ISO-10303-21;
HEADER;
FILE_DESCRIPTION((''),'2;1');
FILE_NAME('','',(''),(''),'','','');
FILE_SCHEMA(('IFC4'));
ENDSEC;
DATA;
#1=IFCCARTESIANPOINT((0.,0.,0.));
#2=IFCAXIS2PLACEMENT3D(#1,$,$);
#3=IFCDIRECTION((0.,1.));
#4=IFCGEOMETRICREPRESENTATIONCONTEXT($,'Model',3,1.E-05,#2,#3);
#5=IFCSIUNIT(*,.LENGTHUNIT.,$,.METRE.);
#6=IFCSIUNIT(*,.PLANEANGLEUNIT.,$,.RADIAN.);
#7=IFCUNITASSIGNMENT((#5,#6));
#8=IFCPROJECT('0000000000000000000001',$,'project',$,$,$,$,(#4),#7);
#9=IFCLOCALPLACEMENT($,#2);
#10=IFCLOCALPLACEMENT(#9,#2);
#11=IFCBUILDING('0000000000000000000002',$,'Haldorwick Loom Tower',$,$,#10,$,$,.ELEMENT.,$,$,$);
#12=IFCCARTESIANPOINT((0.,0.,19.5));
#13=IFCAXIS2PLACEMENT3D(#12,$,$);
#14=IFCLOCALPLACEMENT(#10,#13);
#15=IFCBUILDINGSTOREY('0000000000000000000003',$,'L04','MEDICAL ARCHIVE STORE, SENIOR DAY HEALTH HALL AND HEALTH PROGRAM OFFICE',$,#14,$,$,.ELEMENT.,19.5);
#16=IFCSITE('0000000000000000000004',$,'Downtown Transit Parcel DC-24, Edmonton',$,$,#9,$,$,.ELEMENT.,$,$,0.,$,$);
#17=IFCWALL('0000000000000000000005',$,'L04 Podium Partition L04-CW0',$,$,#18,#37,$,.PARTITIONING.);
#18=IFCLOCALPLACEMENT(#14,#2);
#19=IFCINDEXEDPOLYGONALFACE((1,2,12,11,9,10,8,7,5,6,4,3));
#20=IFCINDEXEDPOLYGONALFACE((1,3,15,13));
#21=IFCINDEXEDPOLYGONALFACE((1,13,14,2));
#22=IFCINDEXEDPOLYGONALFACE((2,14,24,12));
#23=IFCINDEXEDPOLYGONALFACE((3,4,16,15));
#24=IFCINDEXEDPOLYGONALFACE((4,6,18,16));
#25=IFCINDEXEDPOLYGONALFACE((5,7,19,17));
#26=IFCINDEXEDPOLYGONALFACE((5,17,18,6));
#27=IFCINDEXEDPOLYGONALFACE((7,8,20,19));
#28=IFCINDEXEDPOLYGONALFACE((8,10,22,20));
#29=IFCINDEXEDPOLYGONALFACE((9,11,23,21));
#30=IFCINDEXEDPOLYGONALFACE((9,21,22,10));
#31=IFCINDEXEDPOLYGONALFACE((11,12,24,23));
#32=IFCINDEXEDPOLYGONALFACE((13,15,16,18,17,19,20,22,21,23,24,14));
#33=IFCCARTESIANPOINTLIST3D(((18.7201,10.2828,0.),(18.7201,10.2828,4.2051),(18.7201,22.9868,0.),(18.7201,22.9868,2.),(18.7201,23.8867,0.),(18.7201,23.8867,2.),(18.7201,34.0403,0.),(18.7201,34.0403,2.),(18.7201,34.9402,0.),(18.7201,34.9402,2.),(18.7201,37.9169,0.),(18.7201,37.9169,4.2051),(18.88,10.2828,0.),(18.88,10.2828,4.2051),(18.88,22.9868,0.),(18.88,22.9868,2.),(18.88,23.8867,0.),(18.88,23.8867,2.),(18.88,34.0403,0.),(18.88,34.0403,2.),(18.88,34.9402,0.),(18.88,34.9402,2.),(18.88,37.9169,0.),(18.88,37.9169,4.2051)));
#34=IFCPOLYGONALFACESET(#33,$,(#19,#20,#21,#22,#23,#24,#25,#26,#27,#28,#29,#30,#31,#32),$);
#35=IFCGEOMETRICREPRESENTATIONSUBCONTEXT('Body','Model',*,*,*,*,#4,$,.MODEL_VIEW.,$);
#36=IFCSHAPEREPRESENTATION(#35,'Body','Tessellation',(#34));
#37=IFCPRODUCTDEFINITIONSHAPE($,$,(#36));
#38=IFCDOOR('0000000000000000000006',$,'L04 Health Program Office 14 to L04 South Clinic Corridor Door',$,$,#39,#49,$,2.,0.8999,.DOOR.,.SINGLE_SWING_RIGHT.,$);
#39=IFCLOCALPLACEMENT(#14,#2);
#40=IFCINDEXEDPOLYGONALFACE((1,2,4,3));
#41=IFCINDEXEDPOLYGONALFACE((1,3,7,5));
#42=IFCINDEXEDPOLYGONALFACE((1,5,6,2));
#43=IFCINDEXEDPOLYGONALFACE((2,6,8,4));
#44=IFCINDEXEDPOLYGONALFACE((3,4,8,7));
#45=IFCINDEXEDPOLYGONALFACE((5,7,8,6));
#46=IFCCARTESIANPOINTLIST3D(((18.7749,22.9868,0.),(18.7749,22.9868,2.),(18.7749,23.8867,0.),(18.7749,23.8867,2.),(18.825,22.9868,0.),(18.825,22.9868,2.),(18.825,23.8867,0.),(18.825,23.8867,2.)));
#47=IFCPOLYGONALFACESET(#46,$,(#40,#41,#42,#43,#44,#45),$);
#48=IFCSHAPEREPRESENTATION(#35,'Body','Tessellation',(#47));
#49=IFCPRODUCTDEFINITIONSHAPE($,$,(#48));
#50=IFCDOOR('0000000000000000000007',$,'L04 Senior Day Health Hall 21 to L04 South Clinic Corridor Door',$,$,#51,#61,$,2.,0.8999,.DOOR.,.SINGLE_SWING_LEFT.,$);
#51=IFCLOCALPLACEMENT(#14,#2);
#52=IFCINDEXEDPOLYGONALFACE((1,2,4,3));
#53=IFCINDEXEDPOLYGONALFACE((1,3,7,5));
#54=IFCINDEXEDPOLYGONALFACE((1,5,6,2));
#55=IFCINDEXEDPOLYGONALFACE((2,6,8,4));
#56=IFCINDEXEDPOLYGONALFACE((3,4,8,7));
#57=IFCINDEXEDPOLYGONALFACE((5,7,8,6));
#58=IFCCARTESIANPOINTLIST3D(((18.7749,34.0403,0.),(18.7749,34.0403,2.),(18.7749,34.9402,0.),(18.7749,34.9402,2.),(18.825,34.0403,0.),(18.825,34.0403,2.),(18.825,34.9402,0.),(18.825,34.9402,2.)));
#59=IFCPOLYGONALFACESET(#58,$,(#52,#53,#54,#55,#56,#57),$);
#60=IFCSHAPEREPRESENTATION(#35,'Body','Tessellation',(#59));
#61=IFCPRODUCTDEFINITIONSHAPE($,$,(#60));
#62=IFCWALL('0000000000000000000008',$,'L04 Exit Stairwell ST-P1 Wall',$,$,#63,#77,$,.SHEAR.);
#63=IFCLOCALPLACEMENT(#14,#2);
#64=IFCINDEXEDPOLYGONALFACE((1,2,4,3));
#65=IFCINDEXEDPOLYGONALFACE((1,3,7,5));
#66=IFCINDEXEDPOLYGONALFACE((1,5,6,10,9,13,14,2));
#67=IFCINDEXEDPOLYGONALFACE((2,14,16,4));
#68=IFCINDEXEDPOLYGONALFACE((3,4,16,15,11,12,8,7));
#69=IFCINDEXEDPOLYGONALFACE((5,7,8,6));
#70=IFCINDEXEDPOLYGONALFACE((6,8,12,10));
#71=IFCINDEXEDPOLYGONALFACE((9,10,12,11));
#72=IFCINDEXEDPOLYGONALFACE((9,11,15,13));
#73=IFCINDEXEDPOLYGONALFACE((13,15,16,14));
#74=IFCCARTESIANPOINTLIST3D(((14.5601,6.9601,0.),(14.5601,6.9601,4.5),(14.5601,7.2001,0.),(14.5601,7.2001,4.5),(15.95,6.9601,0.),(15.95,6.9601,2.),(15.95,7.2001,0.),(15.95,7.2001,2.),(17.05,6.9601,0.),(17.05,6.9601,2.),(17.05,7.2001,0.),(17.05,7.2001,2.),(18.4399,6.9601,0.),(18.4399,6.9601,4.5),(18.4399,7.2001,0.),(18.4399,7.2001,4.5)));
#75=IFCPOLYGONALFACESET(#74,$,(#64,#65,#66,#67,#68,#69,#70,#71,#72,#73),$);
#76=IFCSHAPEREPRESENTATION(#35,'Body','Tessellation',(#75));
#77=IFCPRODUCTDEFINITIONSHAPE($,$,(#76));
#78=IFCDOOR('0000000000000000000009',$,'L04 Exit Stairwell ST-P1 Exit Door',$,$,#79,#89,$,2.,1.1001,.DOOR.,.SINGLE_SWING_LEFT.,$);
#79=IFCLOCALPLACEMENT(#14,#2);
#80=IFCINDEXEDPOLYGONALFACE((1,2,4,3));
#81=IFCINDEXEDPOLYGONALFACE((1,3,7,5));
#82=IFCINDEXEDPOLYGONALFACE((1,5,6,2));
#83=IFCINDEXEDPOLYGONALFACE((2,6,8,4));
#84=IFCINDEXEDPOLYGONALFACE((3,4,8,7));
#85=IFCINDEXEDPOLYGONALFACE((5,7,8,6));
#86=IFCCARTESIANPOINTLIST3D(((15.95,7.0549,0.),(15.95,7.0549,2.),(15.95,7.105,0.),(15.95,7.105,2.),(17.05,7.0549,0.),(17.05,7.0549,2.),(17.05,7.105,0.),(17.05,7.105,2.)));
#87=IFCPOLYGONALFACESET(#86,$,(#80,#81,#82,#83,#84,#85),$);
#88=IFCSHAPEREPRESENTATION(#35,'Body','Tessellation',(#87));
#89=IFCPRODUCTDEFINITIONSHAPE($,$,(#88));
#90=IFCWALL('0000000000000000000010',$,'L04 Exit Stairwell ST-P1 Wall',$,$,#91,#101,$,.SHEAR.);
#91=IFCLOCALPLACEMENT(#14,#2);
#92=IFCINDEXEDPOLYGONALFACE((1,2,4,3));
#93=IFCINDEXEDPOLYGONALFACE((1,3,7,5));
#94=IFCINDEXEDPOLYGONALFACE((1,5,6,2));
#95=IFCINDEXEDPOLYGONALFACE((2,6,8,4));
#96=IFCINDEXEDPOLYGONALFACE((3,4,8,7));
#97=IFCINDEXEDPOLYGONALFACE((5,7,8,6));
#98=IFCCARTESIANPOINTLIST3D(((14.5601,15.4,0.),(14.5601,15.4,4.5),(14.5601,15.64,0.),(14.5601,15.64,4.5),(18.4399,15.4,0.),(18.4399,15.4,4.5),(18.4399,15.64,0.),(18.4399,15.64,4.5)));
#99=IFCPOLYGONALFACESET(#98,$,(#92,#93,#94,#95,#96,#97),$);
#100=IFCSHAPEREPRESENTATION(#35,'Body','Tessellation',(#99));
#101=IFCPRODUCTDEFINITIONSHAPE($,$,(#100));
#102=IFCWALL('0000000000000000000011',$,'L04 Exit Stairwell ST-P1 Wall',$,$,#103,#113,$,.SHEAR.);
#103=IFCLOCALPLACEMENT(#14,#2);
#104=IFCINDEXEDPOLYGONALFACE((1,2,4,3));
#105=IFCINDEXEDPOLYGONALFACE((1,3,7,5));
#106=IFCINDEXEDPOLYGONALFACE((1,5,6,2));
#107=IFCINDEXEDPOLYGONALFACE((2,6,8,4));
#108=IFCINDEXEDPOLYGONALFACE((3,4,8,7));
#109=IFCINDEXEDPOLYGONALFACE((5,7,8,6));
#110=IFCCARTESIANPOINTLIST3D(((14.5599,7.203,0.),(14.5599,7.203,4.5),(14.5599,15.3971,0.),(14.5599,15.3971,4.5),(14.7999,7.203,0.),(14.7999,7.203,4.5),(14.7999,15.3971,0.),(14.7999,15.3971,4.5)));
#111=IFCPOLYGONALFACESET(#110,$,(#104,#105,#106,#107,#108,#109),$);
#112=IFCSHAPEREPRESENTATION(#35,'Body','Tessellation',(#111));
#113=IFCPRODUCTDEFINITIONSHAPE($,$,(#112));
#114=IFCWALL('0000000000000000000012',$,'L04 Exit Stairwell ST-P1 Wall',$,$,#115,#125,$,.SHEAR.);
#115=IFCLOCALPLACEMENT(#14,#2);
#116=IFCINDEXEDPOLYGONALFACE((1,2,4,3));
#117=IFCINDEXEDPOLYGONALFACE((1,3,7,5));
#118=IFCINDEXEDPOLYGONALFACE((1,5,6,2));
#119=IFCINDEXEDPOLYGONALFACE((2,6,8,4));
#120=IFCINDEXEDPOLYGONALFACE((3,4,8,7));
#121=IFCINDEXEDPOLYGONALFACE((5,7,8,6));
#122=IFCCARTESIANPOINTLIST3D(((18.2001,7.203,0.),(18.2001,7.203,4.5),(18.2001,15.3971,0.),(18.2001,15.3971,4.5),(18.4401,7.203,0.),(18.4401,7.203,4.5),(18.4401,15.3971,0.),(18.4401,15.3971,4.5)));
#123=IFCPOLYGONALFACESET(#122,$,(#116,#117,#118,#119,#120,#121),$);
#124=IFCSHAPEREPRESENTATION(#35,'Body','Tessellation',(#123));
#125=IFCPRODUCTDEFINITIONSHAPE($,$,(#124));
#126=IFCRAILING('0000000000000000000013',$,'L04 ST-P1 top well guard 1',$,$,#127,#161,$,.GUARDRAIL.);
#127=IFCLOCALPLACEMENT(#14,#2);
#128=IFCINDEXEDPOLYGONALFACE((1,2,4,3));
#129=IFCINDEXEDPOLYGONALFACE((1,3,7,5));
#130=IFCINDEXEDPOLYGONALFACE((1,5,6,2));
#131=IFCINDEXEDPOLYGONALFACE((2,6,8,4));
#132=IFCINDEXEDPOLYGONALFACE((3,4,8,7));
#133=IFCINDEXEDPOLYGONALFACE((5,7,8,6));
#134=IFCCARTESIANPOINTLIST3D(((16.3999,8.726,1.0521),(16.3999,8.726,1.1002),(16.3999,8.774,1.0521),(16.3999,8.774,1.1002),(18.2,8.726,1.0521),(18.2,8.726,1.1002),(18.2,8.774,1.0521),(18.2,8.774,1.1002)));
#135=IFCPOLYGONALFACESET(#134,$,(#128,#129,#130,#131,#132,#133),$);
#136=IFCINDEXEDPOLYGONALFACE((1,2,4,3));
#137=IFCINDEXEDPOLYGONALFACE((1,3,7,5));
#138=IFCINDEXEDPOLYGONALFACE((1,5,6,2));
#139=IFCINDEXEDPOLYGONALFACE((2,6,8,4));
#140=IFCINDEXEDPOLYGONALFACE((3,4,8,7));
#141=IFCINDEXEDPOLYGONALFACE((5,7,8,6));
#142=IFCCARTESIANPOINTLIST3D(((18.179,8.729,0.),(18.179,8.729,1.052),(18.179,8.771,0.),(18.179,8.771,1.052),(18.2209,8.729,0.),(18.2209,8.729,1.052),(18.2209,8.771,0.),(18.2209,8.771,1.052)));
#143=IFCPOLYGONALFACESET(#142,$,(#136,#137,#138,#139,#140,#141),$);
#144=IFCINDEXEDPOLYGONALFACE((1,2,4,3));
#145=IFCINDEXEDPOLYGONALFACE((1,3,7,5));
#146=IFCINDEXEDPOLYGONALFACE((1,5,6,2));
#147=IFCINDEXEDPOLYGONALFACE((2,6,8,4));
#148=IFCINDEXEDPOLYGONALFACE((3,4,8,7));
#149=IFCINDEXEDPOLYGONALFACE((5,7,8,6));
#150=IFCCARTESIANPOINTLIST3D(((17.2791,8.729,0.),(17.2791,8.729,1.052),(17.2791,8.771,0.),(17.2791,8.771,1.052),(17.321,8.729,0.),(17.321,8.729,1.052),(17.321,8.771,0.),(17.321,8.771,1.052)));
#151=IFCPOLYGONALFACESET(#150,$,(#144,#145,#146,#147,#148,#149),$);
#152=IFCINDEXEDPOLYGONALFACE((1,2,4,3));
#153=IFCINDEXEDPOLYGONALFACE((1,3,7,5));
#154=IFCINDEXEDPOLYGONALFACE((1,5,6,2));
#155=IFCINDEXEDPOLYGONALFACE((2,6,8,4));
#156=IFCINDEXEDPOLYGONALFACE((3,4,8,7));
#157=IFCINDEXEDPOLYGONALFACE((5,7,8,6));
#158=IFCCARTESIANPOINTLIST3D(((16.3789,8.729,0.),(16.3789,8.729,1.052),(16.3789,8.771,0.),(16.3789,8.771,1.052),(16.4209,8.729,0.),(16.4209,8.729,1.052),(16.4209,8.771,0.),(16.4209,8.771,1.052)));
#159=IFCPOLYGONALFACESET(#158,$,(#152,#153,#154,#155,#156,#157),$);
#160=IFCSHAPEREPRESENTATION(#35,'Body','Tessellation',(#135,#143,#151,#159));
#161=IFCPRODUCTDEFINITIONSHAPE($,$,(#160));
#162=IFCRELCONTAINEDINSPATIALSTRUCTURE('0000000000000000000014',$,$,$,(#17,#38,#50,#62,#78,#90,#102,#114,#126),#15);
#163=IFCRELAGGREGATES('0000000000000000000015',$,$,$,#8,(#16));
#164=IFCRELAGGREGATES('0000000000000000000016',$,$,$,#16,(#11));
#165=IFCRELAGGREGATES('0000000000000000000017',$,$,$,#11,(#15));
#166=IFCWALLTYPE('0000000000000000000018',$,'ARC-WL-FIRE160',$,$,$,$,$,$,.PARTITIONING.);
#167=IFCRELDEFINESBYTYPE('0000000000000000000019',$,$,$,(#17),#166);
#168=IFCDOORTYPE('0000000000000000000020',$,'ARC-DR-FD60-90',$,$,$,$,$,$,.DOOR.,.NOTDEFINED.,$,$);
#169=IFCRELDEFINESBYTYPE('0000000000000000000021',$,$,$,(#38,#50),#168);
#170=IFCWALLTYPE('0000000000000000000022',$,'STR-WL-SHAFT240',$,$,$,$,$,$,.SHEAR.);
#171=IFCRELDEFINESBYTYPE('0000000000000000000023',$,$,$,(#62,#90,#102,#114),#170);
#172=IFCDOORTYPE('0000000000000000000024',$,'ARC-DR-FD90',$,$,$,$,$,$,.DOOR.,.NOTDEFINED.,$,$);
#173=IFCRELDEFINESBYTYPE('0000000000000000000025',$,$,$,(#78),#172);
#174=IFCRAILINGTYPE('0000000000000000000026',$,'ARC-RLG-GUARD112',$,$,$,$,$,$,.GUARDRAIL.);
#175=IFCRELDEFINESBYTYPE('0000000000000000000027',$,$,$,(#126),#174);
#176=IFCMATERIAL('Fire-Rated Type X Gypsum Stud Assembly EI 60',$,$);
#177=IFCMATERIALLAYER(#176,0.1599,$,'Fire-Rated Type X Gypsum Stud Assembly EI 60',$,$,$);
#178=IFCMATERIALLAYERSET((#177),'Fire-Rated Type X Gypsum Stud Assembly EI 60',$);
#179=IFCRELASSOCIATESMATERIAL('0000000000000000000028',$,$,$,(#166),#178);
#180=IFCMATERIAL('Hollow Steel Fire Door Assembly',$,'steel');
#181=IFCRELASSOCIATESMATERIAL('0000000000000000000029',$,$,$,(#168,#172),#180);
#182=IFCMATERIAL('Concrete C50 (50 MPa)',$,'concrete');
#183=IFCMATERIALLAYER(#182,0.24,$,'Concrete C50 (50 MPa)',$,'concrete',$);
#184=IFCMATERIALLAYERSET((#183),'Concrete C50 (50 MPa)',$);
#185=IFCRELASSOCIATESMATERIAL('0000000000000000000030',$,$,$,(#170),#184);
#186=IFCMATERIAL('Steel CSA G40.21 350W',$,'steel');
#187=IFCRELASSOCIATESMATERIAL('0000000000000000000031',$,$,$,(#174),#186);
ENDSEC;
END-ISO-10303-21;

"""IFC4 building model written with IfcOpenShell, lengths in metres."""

from ifc_helpers import new_model, si_unit, direction, frame, frame_2d, origin, origin_2d, place, context, subcontext, project, spatial, rectangle, extrude, material, layer, layer_set, type_object, element, fill, save


model = new_model("IFC4")

# Units and contexts
model_context = context("Model", 3, precision=1e-05, world=origin(), true_north=direction((0.0, 1.0)))
body_context = subcontext(model_context, "Body", "Model", "MODEL_VIEW")
ifc_project = project(units=[si_unit("LENGTHUNIT", "METRE"), si_unit("PLANEANGLEUNIT", "RADIAN")], contexts=[model_context])

# Site, building, storey
site_placement = place(None, origin())
site = spatial("IfcSite", under=ifc_project, at=site_placement, Name="Downtown Transit Parcel DC-24, Edmonton", CompositionType="ELEMENT", RefElevation=0.0)
building_placement = place(site_placement, origin())
building = spatial("IfcBuilding", under=site, at=building_placement, Name="Haldorwick Loom Tower", CompositionType="ELEMENT")
storey_placement = place(building_placement, frame((0.0, 0.0, 19.5)))
storey = spatial("IfcBuildingStorey", under=building, at=storey_placement, Name="L04", Description="MEDICAL ARCHIVE STORE, SENIOR DAY HEALTH HALL AND HEALTH PROGRAM OFFICE", CompositionType="ELEMENT", Elevation=19.5)

# Shared definitions
ifc_material_1 = material(Name="Steel CSA G40.21 350W", Category="steel")

# Shared definitions
ifc_material_2 = material(Name="Fire-Rated Type X Gypsum Stud Assembly EI 60")
ifc_layer_1 = layer(ifc_material_2, 0.1599, Name="Fire-Rated Type X Gypsum Stud Assembly EI 60")
ifc_layer_set_1 = layer_set([ifc_layer_1], Name="Fire-Rated Type X Gypsum Stud Assembly EI 60")
wall_type_1 = type_object("IfcWallType", Name="ARC-WL-FIRE160", PredefinedType="PARTITIONING", material=ifc_layer_set_1)
ifc_material_3 = material(Name="Hollow Steel Fire Door Assembly", Category="steel")
door_type_1 = type_object("IfcDoorType", Name="ARC-DR-FD60-90", OperationType="NOTDEFINED", PredefinedType="DOOR", material=ifc_material_3)

# Wall, openings, doors
wall_1_placement = place(storey_placement, frame((18.8, 10.283, 0.0), z_axis=(0.0, 0.0, 1.0), x_axis=(0.0, 1.0, 0.0)))
wall_1 = element("IfcWall", 1, at=wall_1_placement, inside=storey, type_object=wall_type_1, Name="L04 Podium Partition L04-CW0", PredefinedType="PARTITIONING", context=body_context, shape_type="SweptSolid", body=[
    extrude(rectangle(XDim=27.634, YDim=0.1599, at=frame_2d((13.8169, 0.0))), origin(), (0.0, 0.0, 1.0), 4.2051),
])
opening_1_placement = place(wall_1_placement, frame((12.7039, 0.0, 0.0)))
opening_1 = element("IfcOpeningElement", 2, at=opening_1_placement, cuts=wall_1, PredefinedType="OPENING", context=body_context, shape_type="SweptSolid", body=[
    extrude(rectangle(XDim=0.8999, YDim=2.0, at=frame_2d((0.45, 1.0))), frame((0.0, 0.0898, 0.0), z_axis=(0.0, -1.0, 0.0), x_axis=(1.0, 0.0, 0.0)), (0.0, 0.0, 1.0), 0.1799),
])
opening_2_placement = place(wall_1_placement, frame((23.7573, 0.0, 0.0)))
opening_2 = element("IfcOpeningElement", 3, at=opening_2_placement, cuts=wall_1, PredefinedType="OPENING", context=body_context, shape_type="SweptSolid", body=[
    extrude(rectangle(XDim=0.8999, YDim=2.0, at=frame_2d((0.45, 1.0))), frame((0.0, 0.0898, 0.0), z_axis=(0.0, -1.0, 0.0), x_axis=(1.0, 0.0, 0.0)), (0.0, 0.0, 1.0), 0.1799),
])
door_1_placement = place(opening_1_placement, frame((0.8999, 0.0, 0.0), z_axis=(0.0, 0.0, 1.0), x_axis=(-1.0, 0.0, 0.0)))
door_1 = element("IfcDoor", 4, at=door_1_placement, inside=storey, type_object=door_type_1, Name="L04 Health Program Office 14 to L04 South Clinic Corridor Door", OperationType="SINGLE_SWING_RIGHT", OverallHeight=2.0, OverallWidth=0.8999, PredefinedType="DOOR", context=body_context, shape_type="SweptSolid", body=[
    extrude(rectangle(XDim=0.8999, YDim=2.0, at=frame_2d((0.45, 1.0))), frame((0.0, 0.0249, 0.0), z_axis=(0.0, -1.0, 0.0), x_axis=(1.0, 0.0, 0.0)), (0.0, 0.0, 1.0), 0.05),
])
fill(opening_1, door_1)
door_2_placement = place(opening_2_placement, frame((0.8999, 0.0, 0.0), z_axis=(0.0, 0.0, 1.0), x_axis=(-1.0, 0.0, 0.0)))
door_2 = element("IfcDoor", 5, at=door_2_placement, inside=storey, type_object=door_type_1, Name="L04 Senior Day Health Hall 21 to L04 South Clinic Corridor Door", OperationType="SINGLE_SWING_LEFT", OverallHeight=2.0, OverallWidth=0.8999, PredefinedType="DOOR", context=body_context, shape_type="SweptSolid", body=[
    extrude(rectangle(XDim=0.8999, YDim=2.0, at=frame_2d((0.45, 1.0))), frame((0.0, 0.0249, 0.0), z_axis=(0.0, -1.0, 0.0), x_axis=(1.0, 0.0, 0.0)), (0.0, 0.0, 1.0), 0.05),
])
fill(opening_2, door_2)

# Wall, opening, door
ifc_material_4 = material(Name="Concrete C50 (50 MPa)", Category="concrete")
ifc_layer_2 = layer(ifc_material_4, 0.24, Name="Concrete C50 (50 MPa)", Category="concrete")
ifc_layer_set_2 = layer_set([ifc_layer_2], Name="Concrete C50 (50 MPa)")
wall_type_2 = type_object("IfcWallType", Name="STR-WL-SHAFT240", PredefinedType="SHEAR", material=ifc_layer_set_2)
wall_2_placement = place(storey_placement, frame((14.5601, 7.0801, 0.0), z_axis=(0.0, 0.0, 1.0), x_axis=(1.0, 0.0, 0.0)))
wall_2 = element("IfcWall", 6, at=wall_2_placement, inside=storey, type_object=wall_type_2, Name="L04 Exit Stairwell ST-P1 Wall", PredefinedType="SHEAR", context=body_context, shape_type="SweptSolid", body=[
    extrude(rectangle(XDim=3.8799, YDim=0.24, at=frame_2d((1.9399, 0.0))), origin(), (0.0, 0.0, 1.0), 4.5),
])
opening_3_placement = place(wall_2_placement, frame((1.3899, 0.0, 0.0)))
opening_3 = element("IfcOpeningElement", 7, at=opening_3_placement, cuts=wall_2, PredefinedType="OPENING", context=body_context, shape_type="SweptSolid", body=[
    extrude(rectangle(XDim=1.1001, YDim=2.0, at=frame_2d((0.55, 1.0))), frame((0.0, 0.1299, 0.0), z_axis=(0.0, -1.0, 0.0), x_axis=(1.0, 0.0, 0.0)), (0.0, 0.0, 1.0), 0.26),
])
door_type_2 = type_object("IfcDoorType", Name="ARC-DR-FD90", OperationType="NOTDEFINED", PredefinedType="DOOR", material=ifc_material_3)
door_3_placement = place(opening_3_placement, origin())
door_3 = element("IfcDoor", 8, at=door_3_placement, inside=storey, type_object=door_type_2, Name="L04 Exit Stairwell ST-P1 Exit Door", OperationType="SINGLE_SWING_LEFT", OverallHeight=2.0, OverallWidth=1.1001, PredefinedType="DOOR", context=body_context, shape_type="SweptSolid", body=[
    extrude(rectangle(XDim=1.1001, YDim=2.0, at=frame_2d((0.55, 1.0))), frame((0.0, 0.0249, 0.0), z_axis=(0.0, -1.0, 0.0), x_axis=(1.0, 0.0, 0.0)), (0.0, 0.0, 1.0), 0.05),
])
fill(opening_3, door_3)

# Walls
wall_3_placement = place(storey_placement, frame((18.4399, 15.52, 0.0), z_axis=(0.0, 0.0, 1.0), x_axis=(-1.0, 0.0, 0.0)))
element("IfcWall", 9, at=wall_3_placement, inside=storey, type_object=wall_type_2, Name="L04 Exit Stairwell ST-P1 Wall", PredefinedType="SHEAR", context=body_context, shape_type="SweptSolid", body=[
    extrude(rectangle(XDim=3.8799, YDim=0.24, at=frame_2d((1.9399, 0.0))), origin(), (0.0, 0.0, 1.0), 4.5),
])
for number, where, z_axis, x_axis, name in (
    (10, (14.6799, 7.2029, 0.0), (0.0, 0.0, 1.0), (0.0, 1.0, 0.0), "L04 Exit Stairwell ST-P1 Wall"),
    (11, (18.3201, 7.2029, 0.0), (0.0, 0.0, 1.0), (0.0, 1.0, 0.0), "L04 Exit Stairwell ST-P1 Wall"),
):
    element("IfcWall", number, at=place(storey_placement, frame(where, z_axis=z_axis, x_axis=x_axis)), inside=storey, type_object=wall_type_2, Name=name, PredefinedType="SHEAR", context=body_context, shape_type="SweptSolid", body=[
        extrude(rectangle(XDim=8.1941, YDim=0.24, at=frame_2d((4.0972, 0.0))), origin(), (0.0, 0.0, 1.0), 4.5),
    ])

# Railing
railing_type = type_object("IfcRailingType", Name="ARC-RLG-GUARD112", PredefinedType="GUARDRAIL", material=ifc_material_1)
railing_placement = place(storey_placement, frame((18.2, 8.75, 0.0)))
element("IfcRailing", 12, at=railing_placement, inside=storey, type_object=railing_type, Name="L04 ST-P1 top well guard 1", PredefinedType="GUARDRAIL", context=body_context, shape_type="SweptSolid", body=[
    extrude(rectangle(XDim=0.0481, YDim=0.0481, at=origin_2d()), frame((0.0, 0.0, 1.0762), z_axis=(-1.0, 0.0, 0.0), x_axis=(0.0, -1.0, 0.0)), (0.0, 0.0, 1.0), 1.8),
    extrude(rectangle(XDim=0.042, YDim=0.042, at=origin_2d()), origin(), (0.0, 0.0, 1.0), 1.052),
    extrude(rectangle(XDim=0.042, YDim=0.042, at=origin_2d()), frame((-0.8999, 0.0, 0.0)), (0.0, 0.0, 1.0), 1.052),
    extrude(rectangle(XDim=0.042, YDim=0.042, at=origin_2d()), frame((-1.8, 0.0, 0.0)), (0.0, 0.0, 1.0), 1.052),
])

save(model, "model.ifc")
